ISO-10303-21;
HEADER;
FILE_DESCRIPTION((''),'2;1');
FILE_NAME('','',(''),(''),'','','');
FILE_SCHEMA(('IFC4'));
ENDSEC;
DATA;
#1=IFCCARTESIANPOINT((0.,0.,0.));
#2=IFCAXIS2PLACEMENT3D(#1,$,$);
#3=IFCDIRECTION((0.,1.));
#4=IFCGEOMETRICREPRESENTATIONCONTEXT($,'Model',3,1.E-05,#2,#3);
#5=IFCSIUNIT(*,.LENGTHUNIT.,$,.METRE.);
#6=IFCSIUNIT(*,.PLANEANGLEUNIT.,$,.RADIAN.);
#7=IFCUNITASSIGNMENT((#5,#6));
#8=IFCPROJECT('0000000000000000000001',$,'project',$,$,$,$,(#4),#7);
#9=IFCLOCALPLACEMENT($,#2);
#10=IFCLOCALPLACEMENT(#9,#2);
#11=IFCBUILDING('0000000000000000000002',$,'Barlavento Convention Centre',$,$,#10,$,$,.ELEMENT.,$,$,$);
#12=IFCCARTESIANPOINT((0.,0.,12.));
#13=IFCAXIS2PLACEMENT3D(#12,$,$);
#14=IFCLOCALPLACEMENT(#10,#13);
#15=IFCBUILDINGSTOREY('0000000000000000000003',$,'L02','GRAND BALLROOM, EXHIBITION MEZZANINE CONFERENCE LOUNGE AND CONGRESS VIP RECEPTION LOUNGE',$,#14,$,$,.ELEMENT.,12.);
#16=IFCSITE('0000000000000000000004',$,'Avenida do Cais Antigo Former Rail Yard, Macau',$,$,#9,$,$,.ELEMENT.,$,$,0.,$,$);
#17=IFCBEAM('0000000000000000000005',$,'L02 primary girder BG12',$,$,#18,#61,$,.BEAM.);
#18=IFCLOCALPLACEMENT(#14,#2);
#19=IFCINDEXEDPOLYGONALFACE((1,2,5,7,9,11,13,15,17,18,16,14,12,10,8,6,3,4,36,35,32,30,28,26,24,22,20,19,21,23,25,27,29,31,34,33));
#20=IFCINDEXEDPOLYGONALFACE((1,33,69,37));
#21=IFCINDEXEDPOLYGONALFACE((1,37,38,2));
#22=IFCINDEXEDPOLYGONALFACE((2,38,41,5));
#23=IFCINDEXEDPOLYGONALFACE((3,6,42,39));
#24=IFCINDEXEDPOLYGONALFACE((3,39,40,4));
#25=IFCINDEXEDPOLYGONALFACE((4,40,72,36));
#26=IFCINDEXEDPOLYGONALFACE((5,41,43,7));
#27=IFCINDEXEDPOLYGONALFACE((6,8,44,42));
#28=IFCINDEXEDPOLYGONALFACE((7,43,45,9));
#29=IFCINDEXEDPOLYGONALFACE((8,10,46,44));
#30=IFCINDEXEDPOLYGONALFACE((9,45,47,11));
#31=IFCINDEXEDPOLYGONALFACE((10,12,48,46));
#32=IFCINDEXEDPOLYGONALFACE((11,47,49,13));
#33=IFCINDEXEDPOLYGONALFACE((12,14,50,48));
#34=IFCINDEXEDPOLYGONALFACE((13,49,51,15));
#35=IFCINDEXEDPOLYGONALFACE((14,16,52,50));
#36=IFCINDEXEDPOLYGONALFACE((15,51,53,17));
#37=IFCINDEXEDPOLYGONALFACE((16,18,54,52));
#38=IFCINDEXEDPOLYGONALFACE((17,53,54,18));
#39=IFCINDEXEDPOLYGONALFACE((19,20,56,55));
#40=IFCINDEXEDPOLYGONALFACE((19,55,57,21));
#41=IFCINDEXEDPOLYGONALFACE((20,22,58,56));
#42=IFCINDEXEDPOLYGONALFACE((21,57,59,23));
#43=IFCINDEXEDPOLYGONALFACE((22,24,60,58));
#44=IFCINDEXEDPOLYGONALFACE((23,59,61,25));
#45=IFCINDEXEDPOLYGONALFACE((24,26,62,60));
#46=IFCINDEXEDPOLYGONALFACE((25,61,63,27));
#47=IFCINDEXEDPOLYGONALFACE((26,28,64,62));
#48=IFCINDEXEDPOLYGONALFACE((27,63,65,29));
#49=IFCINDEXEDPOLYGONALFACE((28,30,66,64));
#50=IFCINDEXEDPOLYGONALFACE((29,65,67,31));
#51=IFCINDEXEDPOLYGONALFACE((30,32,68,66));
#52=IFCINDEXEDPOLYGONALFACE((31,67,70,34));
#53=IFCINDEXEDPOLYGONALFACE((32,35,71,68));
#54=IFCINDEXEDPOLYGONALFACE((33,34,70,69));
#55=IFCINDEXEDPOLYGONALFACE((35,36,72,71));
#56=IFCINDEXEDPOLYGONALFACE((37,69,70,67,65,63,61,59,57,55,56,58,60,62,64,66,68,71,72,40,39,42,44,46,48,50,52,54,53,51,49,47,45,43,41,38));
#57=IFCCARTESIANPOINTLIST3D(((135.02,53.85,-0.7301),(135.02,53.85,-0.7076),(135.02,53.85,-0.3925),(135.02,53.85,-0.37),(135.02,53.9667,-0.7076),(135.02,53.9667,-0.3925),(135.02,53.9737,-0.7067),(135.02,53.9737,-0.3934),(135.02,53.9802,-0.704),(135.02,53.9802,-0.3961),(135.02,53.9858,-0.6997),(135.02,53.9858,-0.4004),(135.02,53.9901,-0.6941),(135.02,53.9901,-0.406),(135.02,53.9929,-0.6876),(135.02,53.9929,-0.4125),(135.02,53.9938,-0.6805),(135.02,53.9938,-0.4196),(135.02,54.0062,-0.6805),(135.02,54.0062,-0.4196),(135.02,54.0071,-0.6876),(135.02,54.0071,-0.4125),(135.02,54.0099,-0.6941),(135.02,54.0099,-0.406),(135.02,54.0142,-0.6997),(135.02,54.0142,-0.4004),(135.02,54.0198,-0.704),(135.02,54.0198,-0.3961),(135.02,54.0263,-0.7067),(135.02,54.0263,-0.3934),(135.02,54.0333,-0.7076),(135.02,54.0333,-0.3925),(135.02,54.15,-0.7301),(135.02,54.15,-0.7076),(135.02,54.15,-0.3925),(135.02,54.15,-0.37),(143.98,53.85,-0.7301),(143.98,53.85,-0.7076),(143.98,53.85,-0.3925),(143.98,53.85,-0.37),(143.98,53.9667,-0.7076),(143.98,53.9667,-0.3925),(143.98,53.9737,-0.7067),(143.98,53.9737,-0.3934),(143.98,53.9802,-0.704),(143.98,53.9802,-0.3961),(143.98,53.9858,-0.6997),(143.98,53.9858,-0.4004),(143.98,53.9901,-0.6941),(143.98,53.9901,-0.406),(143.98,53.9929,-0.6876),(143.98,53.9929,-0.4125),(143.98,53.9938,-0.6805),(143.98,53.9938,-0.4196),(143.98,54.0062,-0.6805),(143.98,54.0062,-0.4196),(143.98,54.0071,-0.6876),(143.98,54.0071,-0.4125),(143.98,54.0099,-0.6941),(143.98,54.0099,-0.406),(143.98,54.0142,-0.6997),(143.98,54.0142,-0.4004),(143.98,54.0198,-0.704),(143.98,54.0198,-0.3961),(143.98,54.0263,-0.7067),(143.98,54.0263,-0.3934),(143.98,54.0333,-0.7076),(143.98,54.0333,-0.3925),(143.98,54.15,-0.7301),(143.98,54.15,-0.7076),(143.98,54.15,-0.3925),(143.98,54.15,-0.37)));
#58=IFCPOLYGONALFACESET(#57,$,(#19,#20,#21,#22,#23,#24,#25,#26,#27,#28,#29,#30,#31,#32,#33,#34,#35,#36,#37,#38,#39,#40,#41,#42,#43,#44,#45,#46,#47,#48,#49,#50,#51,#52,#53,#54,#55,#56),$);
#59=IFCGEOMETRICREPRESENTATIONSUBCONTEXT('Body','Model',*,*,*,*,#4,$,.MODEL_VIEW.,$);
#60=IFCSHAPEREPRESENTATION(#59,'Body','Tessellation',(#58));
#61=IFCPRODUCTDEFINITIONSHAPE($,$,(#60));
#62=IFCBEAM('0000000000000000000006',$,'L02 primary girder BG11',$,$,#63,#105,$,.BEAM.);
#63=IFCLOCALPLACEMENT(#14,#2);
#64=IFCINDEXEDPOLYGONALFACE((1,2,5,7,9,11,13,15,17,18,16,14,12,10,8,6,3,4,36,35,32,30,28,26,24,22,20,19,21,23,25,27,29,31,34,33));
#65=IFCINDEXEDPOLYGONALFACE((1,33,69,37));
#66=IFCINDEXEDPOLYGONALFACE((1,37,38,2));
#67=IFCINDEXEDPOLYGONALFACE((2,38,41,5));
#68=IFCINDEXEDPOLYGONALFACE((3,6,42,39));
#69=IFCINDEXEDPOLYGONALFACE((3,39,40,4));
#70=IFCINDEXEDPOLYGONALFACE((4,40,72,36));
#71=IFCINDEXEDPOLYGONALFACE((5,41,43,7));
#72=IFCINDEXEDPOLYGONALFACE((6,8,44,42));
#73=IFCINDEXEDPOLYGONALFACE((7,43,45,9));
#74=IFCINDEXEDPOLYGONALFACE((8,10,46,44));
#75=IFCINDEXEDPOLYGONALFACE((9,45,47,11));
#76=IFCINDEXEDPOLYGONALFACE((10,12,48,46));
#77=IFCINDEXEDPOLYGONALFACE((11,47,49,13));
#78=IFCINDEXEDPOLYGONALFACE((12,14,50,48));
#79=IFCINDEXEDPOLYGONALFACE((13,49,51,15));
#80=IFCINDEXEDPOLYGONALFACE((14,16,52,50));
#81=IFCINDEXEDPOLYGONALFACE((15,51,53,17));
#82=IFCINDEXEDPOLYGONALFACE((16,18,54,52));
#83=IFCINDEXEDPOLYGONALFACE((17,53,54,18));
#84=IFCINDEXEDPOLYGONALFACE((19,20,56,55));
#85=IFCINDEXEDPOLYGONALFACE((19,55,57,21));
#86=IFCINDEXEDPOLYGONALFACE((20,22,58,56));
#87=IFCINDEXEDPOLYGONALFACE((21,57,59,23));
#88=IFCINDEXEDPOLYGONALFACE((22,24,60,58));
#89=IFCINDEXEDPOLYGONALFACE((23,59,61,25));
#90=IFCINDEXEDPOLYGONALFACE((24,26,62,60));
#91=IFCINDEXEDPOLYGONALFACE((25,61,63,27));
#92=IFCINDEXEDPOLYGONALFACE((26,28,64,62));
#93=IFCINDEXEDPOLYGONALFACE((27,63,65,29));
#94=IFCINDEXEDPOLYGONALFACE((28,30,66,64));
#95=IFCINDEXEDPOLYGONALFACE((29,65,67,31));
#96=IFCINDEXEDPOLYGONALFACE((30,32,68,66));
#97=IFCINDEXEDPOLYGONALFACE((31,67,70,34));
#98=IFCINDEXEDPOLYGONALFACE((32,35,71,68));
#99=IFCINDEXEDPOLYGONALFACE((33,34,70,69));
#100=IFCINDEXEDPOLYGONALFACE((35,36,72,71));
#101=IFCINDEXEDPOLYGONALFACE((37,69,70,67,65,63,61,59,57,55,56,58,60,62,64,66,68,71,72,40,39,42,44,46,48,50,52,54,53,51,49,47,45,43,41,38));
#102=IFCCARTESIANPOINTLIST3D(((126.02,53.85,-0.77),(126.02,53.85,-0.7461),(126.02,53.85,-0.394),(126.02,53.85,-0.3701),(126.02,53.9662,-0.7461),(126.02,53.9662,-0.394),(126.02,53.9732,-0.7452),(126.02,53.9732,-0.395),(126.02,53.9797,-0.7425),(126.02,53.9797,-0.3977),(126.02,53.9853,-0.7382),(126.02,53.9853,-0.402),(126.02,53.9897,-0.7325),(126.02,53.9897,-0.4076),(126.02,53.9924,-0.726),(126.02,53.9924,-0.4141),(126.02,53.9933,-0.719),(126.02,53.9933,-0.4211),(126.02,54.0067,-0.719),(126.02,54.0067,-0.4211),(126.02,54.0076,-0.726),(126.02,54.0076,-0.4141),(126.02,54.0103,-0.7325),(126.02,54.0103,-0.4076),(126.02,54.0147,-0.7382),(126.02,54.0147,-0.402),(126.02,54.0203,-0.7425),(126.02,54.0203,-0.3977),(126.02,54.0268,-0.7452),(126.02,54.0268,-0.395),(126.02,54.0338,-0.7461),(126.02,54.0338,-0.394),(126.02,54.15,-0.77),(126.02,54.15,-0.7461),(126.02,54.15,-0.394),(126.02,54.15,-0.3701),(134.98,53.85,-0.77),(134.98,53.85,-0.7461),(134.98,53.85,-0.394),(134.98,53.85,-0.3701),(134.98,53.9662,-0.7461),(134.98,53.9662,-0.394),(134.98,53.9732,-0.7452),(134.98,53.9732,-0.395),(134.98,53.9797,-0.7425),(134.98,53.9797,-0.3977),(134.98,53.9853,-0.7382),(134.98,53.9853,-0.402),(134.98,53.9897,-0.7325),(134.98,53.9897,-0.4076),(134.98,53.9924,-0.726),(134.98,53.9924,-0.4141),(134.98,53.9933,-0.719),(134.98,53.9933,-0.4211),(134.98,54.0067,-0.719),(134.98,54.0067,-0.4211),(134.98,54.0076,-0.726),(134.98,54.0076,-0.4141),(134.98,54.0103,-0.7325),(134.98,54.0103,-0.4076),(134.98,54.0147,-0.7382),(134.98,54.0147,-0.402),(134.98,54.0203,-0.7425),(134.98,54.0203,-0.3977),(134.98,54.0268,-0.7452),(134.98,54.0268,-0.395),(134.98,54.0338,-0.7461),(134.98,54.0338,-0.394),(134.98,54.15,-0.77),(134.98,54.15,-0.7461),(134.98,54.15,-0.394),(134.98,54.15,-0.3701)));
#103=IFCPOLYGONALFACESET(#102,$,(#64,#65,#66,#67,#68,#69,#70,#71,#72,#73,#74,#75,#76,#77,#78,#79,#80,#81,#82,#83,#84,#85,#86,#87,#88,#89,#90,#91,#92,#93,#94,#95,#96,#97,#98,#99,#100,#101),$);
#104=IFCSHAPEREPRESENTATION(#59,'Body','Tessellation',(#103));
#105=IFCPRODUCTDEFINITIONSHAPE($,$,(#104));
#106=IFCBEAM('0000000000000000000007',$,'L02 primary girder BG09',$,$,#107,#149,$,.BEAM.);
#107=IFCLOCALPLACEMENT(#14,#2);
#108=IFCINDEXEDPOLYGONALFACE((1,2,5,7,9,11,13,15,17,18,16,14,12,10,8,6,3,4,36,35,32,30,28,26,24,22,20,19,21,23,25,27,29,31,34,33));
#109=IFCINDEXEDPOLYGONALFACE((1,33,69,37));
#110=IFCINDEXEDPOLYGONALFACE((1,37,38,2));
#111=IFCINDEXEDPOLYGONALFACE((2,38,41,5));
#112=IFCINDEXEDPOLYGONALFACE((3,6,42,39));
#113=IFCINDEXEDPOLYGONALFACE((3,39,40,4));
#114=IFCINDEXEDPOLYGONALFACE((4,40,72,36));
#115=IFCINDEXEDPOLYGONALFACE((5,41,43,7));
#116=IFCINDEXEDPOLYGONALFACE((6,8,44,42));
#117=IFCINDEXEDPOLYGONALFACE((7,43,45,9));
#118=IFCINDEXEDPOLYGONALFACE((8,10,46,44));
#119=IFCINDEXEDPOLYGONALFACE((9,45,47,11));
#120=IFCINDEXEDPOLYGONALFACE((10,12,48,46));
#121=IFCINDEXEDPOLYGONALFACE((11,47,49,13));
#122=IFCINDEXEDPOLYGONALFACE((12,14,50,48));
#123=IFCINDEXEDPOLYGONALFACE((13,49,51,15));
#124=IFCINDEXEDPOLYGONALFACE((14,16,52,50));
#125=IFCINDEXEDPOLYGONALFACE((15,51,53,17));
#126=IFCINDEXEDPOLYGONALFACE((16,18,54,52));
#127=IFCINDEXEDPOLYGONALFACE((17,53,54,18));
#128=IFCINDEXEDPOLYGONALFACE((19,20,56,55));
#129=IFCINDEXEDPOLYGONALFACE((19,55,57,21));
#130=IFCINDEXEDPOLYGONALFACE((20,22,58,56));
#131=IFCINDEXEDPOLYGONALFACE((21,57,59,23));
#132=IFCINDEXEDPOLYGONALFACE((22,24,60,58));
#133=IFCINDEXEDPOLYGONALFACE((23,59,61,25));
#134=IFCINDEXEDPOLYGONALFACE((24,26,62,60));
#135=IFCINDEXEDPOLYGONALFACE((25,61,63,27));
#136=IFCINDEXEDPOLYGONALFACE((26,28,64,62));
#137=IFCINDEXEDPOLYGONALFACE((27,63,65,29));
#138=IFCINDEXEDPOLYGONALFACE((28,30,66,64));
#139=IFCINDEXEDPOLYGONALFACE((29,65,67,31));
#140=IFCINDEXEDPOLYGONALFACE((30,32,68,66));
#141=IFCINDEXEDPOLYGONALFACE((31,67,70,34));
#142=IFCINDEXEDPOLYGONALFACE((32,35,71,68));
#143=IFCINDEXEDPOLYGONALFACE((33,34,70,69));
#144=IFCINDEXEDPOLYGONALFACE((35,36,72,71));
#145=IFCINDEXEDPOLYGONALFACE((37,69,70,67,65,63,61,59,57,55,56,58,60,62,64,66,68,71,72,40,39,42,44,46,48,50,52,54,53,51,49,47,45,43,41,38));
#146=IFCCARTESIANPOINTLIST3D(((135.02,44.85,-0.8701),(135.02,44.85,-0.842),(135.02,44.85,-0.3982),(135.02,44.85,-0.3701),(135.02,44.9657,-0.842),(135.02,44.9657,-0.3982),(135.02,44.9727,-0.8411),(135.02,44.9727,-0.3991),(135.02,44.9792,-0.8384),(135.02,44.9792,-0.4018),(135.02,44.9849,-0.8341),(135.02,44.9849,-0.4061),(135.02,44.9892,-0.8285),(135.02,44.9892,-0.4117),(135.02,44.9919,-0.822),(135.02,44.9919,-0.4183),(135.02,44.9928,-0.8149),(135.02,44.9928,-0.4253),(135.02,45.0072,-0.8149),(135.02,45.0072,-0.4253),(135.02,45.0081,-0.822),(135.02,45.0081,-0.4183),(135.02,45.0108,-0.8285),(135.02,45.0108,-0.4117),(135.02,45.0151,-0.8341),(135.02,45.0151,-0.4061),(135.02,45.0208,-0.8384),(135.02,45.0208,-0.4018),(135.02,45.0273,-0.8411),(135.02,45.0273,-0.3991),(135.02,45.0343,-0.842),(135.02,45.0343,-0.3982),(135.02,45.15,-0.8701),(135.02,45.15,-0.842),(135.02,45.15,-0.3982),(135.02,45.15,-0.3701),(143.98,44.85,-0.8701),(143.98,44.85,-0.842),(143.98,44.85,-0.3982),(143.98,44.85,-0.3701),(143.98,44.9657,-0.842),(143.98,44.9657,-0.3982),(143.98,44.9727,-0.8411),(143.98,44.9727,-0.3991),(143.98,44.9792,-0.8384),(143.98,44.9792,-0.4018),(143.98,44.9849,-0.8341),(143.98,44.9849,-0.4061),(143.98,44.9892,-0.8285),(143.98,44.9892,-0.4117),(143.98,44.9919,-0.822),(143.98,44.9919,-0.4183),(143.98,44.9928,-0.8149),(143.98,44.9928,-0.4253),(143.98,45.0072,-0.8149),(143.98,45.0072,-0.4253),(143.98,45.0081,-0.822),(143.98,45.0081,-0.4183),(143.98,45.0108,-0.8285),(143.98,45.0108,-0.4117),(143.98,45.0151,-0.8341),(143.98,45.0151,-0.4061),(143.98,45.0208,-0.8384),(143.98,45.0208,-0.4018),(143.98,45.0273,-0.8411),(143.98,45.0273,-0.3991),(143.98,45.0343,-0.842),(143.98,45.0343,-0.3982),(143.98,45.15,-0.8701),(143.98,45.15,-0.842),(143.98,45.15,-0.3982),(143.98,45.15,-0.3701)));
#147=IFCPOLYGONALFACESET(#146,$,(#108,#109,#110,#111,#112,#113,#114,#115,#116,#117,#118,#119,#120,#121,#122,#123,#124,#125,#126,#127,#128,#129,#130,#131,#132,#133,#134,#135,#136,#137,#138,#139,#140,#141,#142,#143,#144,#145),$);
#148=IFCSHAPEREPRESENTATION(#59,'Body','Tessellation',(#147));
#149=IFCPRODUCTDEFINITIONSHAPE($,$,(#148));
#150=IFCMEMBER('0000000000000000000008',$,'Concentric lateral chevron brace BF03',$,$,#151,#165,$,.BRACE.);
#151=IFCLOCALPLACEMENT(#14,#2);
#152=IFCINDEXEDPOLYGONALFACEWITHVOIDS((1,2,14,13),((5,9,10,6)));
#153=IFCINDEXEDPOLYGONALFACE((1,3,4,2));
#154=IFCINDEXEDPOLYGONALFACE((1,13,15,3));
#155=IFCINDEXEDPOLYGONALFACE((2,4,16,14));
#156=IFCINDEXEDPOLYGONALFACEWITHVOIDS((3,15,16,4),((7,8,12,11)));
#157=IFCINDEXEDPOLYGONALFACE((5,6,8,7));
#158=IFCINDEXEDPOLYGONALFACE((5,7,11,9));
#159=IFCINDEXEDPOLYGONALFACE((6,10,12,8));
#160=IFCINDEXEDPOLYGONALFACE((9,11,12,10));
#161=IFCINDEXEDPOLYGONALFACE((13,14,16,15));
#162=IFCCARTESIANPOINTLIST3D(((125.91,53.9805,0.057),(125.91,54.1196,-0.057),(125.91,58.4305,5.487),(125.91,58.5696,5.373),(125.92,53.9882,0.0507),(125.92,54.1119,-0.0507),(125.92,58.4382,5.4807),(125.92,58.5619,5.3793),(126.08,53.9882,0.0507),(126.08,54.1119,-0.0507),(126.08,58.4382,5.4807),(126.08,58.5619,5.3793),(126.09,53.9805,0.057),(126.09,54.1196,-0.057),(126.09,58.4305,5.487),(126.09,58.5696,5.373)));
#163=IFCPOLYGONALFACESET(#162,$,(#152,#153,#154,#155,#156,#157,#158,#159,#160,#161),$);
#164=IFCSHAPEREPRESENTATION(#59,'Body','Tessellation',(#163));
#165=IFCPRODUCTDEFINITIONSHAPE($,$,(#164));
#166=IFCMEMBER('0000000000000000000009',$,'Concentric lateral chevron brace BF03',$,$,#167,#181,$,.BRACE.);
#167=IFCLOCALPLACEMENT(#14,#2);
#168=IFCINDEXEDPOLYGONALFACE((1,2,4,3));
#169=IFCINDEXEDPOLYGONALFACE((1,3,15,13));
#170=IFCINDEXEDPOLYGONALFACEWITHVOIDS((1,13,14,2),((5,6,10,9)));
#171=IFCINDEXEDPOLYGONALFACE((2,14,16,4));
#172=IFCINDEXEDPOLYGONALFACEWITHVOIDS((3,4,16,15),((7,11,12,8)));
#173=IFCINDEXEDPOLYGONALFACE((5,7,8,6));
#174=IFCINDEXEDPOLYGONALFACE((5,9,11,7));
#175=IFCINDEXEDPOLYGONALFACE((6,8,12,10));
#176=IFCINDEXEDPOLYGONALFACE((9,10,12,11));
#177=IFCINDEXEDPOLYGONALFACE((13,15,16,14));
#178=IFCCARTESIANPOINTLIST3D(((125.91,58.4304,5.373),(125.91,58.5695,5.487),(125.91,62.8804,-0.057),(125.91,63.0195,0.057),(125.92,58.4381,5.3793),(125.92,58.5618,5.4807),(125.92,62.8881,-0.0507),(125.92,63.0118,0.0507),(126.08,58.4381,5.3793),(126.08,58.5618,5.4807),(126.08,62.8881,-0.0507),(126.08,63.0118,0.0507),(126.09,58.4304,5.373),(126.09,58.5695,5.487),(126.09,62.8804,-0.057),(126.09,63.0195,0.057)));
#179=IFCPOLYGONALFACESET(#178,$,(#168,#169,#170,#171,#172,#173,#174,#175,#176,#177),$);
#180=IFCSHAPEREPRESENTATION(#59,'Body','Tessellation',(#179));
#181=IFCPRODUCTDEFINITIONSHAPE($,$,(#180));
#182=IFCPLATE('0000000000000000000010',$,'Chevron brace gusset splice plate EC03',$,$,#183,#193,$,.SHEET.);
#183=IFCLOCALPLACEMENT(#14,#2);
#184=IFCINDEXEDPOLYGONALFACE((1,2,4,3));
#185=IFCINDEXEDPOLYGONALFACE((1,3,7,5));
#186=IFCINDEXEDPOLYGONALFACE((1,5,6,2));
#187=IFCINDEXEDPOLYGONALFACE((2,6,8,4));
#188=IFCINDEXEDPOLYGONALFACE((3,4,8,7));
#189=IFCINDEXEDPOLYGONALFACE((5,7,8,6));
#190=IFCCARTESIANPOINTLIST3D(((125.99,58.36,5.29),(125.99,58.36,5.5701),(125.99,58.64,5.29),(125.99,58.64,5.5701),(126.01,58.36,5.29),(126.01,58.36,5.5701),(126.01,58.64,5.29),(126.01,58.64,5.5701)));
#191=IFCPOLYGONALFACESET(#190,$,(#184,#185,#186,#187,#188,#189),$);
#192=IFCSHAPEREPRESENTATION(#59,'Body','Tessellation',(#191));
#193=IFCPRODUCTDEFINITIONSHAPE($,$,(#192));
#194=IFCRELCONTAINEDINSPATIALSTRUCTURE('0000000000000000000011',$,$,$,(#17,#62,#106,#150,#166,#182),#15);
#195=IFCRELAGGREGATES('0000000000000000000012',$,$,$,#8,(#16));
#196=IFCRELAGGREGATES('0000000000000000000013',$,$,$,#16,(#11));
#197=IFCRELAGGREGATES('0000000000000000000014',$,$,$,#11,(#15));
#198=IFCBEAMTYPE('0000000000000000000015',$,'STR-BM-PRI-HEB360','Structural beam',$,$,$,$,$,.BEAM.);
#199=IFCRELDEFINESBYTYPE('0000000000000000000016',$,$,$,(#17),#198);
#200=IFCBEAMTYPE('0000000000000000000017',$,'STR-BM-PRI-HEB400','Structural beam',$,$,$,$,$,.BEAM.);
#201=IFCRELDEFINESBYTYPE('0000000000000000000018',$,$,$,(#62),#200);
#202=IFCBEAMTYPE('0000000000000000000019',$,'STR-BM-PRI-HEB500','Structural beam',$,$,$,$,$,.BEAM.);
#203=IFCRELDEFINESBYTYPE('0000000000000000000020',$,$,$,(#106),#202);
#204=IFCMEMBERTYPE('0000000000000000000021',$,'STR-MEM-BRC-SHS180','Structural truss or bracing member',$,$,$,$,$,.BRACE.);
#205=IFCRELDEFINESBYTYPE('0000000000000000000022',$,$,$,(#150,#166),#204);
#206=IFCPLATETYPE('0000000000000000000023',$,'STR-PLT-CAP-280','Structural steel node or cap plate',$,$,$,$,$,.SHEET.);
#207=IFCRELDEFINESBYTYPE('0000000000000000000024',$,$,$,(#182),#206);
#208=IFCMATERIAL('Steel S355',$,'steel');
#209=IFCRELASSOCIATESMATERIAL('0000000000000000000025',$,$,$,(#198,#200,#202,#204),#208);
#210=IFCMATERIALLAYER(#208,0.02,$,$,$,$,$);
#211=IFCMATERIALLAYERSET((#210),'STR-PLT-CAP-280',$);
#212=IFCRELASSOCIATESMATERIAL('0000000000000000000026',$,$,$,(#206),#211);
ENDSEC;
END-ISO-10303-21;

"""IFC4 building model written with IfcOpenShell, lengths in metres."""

from ifc_helpers import new_model, si_unit, direction, frame, origin, origin_2d, place, context, subcontext, project, spatial, rectangle, hollow_rectangle, i_section, extrude, material, layer, layer_set, material_profile, profile_set, type_object, element, save


model = new_model("IFC4")

# Units and contexts
model_context = context("Model", 3, precision=1e-05, world=origin(), true_north=direction((0.0, 1.0)))
body_context = subcontext(model_context, "Body", "Model", "MODEL_VIEW")
ifc_project = project(units=[si_unit("LENGTHUNIT", "METRE"), si_unit("PLANEANGLEUNIT", "RADIAN")], contexts=[model_context])

# Site, building, storey
site_placement = place(None, origin())
site = spatial("IfcSite", under=ifc_project, at=site_placement, Name="Avenida do Cais Antigo Former Rail Yard, Macau", CompositionType="ELEMENT", RefElevation=0.0)
building_placement = place(site_placement, origin())
building = spatial("IfcBuilding", under=site, at=building_placement, Name="Barlavento Convention Centre", CompositionType="ELEMENT")
storey_placement = place(building_placement, frame((0.0, 0.0, 12.0)))
storey = spatial("IfcBuildingStorey", under=building, at=storey_placement, Name="L02", Description="GRAND BALLROOM, EXHIBITION MEZZANINE CONFERENCE LOUNGE AND CONGRESS VIP RECEPTION LOUNGE", CompositionType="ELEMENT", Elevation=12.0)

# Shared definitions
ifc_material_1 = material(Name="Steel S355", Category="steel")

# Beams
ifc_material_profile_1 = material_profile(ifc_material_1, i_section(OverallWidth=0.3, OverallDepth=0.3601, WebThickness=0.0125, FlangeThickness=0.0225, FilletRadius=0.0271, at=origin_2d()), Name="HEB 360")
ifc_profile_set_1 = profile_set([ifc_material_profile_1], Name="Steel S355")
beam_type_1 = type_object("IfcBeamType", Name="STR-BM-PRI-HEB360", Description="Structural beam", PredefinedType="BEAM", material=ifc_profile_set_1)
beam_1_placement = place(storey_placement, frame((135.02, 54.0, -0.55), z_axis=(1.0, 0.0, 0.0), x_axis=(0.0, 1.0, 0.0)))
element("IfcBeam", 1, at=beam_1_placement, inside=storey, type_object=beam_type_1, Name="L02 primary girder BG12", PredefinedType="BEAM", context=body_context, shape_type="SweptSolid", body=[
    extrude(i_section(OverallWidth=0.3, OverallDepth=0.3601, WebThickness=0.0125, FlangeThickness=0.0225, FilletRadius=0.0271, at=origin_2d()), origin(), (0.0, 0.0, 1.0), 8.96),
])
ifc_material_profile_2 = material_profile(ifc_material_1, i_section(OverallWidth=0.3, OverallDepth=0.3999, WebThickness=0.0134, FlangeThickness=0.0239, FilletRadius=0.0271, at=origin_2d()), Name="HEB 400")
ifc_profile_set_2 = profile_set([ifc_material_profile_2], Name="Steel S355")
beam_type_2 = type_object("IfcBeamType", Name="STR-BM-PRI-HEB400", Description="Structural beam", PredefinedType="BEAM", material=ifc_profile_set_2)
beam_2_placement = place(storey_placement, frame((126.02, 54.0, -0.5701), z_axis=(1.0, 0.0, 0.0), x_axis=(0.0, 1.0, 0.0)))
element("IfcBeam", 2, at=beam_2_placement, inside=storey, type_object=beam_type_2, Name="L02 primary girder BG11", PredefinedType="BEAM", context=body_context, shape_type="SweptSolid", body=[
    extrude(i_section(OverallWidth=0.3, OverallDepth=0.3999, WebThickness=0.0134, FlangeThickness=0.0239, FilletRadius=0.0271, at=origin_2d()), origin(), (0.0, 0.0, 1.0), 8.96),
])
ifc_material_profile_3 = material_profile(ifc_material_1, i_section(OverallWidth=0.3, OverallDepth=0.5, WebThickness=0.0144, FlangeThickness=0.0281, FilletRadius=0.0271, at=origin_2d()), Name="HEB 500")
ifc_profile_set_3 = profile_set([ifc_material_profile_3], Name="Steel S355")
beam_type_3 = type_object("IfcBeamType", Name="STR-BM-PRI-HEB500", Description="Structural beam", PredefinedType="BEAM", material=ifc_profile_set_3)
beam_3_placement = place(storey_placement, frame((135.02, 45.0, -0.6201), z_axis=(1.0, 0.0, 0.0), x_axis=(0.0, 1.0, 0.0)))
element("IfcBeam", 3, at=beam_3_placement, inside=storey, type_object=beam_type_3, Name="L02 primary girder BG09", PredefinedType="BEAM", context=body_context, shape_type="SweptSolid", body=[
    extrude(i_section(OverallWidth=0.3, OverallDepth=0.5, WebThickness=0.0144, FlangeThickness=0.0281, FilletRadius=0.0271, at=origin_2d()), origin(), (0.0, 0.0, 1.0), 8.96),
])

# Members
ifc_material_profile_4 = material_profile(ifc_material_1, hollow_rectangle(XDim=0.1799, YDim=0.1799, WallThickness=0.01, at=origin_2d()), Name="SHS 180x180x10.0")
ifc_profile_set_4 = profile_set([ifc_material_profile_4], Name="Steel S355")
member_type = type_object("IfcMemberType", Name="STR-MEM-BRC-SHS180", Description="Structural truss or bracing member", PredefinedType="BRACE", material=ifc_profile_set_4)
for number, where, z_axis, x_axis, name in (
    (4, (126.0, 54.05, 0.0), (0.0, 0.633859, 0.773449), (-1.0, 0.0, 0.0), "Concentric lateral chevron brace BF03"),
    (5, (126.0, 62.95, 0.0), (0.0, -0.633859, 0.773449), (1.0, 0.0, 0.0), "Concentric lateral chevron brace BF03"),
):
    element("IfcMember", number, at=place(storey_placement, frame(where, z_axis=z_axis, x_axis=x_axis)), inside=storey, type_object=member_type, Name=name, PredefinedType="BRACE", context=body_context, shape_type="SweptSolid", body=[
        extrude(hollow_rectangle(XDim=0.1799, YDim=0.1799, WallThickness=0.01, at=origin_2d()), origin(), (0.0, 0.0, 1.0), 7.0205),
    ])

# Plate
ifc_layer_1 = layer(ifc_material_1, 0.02)
ifc_layer_set_1 = layer_set([ifc_layer_1], Name="STR-PLT-CAP-280")
plate_type_1 = type_object("IfcPlateType", Name="STR-PLT-CAP-280", Description="Structural steel node or cap plate", PredefinedType="SHEET", material=ifc_layer_set_1)
plate_placement = place(storey_placement, frame((126.0, 58.5, 5.29), z_axis=(0.0, 0.0, 1.0), x_axis=(1.0, 0.0, 0.0)))
element("IfcPlate", 6, at=plate_placement, inside=storey, type_object=plate_type_1, Name="Chevron brace gusset splice plate EC03", PredefinedType="SHEET", context=body_context, shape_type="SweptSolid", body=[
    extrude(rectangle(XDim=0.02, YDim=0.28, at=origin_2d()), origin(), (0.0, 0.0, 1.0), 0.28),
])

save(model, "model.ifc")
